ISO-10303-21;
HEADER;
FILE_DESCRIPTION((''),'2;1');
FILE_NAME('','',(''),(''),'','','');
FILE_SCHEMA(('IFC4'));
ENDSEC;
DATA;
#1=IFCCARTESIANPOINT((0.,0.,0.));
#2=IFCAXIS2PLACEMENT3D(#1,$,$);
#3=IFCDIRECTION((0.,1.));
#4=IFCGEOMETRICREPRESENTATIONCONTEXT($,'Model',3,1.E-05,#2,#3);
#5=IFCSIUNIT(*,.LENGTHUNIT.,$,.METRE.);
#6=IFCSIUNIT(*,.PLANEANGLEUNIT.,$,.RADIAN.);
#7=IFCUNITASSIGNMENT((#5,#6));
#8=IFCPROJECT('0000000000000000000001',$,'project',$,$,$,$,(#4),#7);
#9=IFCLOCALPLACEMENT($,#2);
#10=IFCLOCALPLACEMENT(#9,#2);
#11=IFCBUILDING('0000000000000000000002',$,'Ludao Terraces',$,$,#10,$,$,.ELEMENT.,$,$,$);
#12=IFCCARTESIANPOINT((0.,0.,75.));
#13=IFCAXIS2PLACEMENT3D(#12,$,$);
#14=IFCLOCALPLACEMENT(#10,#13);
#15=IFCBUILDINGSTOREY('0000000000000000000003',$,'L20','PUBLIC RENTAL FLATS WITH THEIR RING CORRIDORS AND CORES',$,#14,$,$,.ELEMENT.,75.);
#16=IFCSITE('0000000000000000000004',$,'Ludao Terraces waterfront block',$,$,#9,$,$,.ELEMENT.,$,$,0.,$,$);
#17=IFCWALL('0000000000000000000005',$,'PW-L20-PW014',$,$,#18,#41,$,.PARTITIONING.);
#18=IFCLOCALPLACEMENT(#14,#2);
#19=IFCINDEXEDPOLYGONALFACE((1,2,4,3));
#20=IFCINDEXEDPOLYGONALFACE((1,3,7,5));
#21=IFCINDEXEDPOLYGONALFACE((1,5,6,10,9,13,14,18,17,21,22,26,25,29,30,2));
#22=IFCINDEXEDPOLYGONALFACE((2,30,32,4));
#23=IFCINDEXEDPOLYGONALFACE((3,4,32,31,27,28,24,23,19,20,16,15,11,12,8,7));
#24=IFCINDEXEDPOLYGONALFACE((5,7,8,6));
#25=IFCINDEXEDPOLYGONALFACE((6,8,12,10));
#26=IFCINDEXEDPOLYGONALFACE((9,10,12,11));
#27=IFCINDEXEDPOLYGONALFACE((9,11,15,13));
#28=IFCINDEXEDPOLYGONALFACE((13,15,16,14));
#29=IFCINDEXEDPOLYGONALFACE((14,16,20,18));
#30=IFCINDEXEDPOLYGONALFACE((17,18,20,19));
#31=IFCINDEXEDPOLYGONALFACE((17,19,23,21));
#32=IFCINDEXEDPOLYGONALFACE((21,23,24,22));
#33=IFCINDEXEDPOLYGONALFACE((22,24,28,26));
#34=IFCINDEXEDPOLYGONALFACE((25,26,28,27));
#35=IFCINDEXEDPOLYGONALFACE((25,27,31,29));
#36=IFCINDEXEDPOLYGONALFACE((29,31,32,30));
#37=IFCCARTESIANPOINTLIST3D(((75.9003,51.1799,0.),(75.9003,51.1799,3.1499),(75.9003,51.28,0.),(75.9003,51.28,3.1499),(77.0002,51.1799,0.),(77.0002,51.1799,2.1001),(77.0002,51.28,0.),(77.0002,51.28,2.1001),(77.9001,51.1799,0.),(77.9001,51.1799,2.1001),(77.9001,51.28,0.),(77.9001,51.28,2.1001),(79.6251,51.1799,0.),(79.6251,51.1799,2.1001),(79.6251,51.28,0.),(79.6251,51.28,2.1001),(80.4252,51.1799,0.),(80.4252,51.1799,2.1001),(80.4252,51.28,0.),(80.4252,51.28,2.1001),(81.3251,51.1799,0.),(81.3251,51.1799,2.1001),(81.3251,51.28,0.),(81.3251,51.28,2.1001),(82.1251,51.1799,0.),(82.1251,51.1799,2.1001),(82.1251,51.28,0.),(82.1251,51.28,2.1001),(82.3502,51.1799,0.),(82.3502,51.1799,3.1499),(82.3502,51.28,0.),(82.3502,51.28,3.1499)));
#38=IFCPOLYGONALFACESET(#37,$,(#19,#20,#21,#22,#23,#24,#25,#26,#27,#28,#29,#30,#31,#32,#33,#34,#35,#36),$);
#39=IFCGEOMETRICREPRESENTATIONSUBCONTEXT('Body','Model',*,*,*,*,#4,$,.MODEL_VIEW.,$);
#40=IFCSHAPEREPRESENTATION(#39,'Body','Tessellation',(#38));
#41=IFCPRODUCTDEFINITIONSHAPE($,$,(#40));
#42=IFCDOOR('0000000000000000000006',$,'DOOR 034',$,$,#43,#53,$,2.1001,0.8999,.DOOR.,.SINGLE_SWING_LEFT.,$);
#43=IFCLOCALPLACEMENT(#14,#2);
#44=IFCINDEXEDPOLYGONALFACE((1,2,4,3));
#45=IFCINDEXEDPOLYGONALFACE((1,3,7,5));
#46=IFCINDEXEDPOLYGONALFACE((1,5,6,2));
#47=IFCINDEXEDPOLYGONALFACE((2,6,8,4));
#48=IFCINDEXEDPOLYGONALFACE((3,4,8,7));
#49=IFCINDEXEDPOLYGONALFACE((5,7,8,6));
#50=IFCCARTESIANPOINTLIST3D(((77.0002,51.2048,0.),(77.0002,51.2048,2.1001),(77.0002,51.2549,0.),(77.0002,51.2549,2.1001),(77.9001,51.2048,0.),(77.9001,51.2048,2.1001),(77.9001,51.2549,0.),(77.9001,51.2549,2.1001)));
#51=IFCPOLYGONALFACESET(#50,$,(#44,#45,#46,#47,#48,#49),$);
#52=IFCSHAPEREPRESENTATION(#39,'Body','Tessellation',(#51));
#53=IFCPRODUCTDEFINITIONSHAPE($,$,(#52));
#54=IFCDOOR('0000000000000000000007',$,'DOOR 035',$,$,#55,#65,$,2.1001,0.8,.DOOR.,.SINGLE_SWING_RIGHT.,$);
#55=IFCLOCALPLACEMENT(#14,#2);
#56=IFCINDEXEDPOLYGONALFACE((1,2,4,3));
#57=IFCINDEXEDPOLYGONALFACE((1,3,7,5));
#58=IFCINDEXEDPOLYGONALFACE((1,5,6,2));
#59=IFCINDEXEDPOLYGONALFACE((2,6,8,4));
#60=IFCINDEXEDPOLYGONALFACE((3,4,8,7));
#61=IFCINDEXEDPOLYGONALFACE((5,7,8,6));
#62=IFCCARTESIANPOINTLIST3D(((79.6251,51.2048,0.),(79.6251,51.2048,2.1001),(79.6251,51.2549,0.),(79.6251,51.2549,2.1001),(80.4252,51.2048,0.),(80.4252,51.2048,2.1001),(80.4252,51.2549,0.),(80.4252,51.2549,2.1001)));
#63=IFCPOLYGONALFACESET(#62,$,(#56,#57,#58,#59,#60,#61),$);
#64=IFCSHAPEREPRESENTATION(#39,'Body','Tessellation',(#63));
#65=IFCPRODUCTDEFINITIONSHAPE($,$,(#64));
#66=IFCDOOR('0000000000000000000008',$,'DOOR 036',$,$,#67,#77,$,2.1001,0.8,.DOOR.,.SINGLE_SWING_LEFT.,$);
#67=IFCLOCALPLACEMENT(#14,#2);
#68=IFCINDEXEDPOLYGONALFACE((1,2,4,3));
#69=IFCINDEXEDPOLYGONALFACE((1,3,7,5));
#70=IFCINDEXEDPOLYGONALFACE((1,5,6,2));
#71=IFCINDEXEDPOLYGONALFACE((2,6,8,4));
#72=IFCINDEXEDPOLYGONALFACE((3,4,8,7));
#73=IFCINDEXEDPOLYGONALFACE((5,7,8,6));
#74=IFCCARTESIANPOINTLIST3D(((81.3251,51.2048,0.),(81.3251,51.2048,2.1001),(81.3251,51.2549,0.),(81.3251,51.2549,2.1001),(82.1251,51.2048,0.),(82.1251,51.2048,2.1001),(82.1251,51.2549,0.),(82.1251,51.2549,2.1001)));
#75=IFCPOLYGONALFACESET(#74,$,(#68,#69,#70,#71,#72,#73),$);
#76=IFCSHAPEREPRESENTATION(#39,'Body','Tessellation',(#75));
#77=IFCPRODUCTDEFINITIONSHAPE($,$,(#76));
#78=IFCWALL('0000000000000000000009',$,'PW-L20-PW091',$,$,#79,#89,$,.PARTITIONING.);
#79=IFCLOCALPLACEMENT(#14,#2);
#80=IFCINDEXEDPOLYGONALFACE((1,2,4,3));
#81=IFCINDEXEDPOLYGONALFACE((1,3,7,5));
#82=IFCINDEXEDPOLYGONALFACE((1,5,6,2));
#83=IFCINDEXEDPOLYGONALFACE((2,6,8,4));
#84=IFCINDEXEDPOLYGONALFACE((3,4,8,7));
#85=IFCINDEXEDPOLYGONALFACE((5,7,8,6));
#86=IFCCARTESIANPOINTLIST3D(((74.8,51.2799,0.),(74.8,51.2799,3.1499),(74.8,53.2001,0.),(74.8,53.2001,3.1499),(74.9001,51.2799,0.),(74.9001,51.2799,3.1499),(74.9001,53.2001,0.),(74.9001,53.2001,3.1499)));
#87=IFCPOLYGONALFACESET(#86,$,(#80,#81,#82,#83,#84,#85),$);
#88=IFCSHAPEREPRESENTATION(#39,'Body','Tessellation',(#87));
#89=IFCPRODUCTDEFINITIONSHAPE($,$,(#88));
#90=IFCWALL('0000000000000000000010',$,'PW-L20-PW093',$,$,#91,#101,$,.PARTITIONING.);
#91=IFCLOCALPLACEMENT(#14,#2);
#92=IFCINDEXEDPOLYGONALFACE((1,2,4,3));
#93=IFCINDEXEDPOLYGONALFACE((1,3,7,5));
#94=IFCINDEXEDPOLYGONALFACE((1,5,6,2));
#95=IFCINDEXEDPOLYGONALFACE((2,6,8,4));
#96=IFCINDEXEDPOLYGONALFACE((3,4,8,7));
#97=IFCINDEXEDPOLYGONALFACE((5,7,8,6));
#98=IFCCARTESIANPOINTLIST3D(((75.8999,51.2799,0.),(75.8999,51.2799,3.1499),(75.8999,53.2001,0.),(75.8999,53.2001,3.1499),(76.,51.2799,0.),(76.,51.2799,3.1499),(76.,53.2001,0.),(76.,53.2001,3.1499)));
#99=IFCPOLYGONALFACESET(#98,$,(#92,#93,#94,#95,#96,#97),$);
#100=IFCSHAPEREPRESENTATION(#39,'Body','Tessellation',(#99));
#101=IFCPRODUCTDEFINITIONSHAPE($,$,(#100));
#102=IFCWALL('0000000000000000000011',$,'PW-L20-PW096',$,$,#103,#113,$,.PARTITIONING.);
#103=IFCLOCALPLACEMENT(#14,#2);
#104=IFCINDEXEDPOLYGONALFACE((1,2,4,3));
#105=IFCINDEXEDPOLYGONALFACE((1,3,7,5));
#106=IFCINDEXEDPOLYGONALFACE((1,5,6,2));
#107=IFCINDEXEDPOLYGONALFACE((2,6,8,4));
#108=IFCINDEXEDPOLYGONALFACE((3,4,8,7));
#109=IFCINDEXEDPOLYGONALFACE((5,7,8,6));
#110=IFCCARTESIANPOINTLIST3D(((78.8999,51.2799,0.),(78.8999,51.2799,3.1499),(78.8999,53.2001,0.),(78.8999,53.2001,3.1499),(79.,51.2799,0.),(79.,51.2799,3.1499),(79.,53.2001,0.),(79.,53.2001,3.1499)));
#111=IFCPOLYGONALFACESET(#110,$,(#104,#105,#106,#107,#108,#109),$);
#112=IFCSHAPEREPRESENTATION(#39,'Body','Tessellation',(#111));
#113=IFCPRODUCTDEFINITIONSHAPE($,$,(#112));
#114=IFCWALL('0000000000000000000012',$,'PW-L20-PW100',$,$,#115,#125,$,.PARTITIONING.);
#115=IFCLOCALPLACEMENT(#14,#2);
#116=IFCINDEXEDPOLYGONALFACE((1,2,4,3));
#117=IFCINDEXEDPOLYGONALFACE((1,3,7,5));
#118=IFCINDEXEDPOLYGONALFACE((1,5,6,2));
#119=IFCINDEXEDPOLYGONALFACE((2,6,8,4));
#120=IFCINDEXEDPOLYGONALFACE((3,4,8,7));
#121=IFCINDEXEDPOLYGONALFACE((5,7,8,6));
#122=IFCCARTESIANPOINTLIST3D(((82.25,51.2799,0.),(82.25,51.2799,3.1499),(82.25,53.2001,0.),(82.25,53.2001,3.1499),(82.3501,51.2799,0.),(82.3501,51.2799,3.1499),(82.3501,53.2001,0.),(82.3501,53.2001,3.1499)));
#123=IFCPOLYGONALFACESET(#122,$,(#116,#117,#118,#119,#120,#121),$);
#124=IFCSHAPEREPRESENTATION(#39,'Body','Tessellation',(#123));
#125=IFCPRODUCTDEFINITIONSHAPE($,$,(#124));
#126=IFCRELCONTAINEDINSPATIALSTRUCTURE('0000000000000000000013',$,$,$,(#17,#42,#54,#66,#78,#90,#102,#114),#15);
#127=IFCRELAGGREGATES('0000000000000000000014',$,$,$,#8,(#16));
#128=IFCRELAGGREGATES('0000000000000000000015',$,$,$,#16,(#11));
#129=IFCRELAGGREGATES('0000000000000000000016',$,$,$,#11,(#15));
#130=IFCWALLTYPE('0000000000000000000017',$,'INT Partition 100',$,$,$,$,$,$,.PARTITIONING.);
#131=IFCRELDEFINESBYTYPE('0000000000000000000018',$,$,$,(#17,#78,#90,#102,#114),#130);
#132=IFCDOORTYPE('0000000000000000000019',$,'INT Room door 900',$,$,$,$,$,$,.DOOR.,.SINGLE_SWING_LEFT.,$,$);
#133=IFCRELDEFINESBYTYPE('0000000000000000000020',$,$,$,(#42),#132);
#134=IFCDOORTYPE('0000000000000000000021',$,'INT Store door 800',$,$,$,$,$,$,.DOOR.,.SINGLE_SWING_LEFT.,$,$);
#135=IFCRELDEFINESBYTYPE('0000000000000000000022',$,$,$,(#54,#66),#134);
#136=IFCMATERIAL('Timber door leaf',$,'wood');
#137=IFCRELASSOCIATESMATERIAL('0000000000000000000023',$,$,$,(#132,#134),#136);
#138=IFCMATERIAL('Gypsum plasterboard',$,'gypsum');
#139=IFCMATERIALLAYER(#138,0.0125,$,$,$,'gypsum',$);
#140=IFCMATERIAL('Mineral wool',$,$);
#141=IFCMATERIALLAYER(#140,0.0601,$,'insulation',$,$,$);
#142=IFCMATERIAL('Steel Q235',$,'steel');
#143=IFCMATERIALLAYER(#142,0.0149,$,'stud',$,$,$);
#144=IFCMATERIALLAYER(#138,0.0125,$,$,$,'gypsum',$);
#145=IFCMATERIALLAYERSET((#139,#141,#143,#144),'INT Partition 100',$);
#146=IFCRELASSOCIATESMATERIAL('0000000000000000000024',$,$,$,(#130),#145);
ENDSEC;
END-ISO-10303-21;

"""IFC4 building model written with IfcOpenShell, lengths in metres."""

from ifc_helpers import new_model, si_unit, direction, frame, frame_2d, origin, place, context, subcontext, project, spatial, rectangle, extrude, material, layer, layer_set, type_object, element, fill, save


model = new_model("IFC4")

# Units and contexts
model_context = context("Model", 3, precision=1e-05, world=origin(), true_north=direction((0.0, 1.0)))
body_context = subcontext(model_context, "Body", "Model", "MODEL_VIEW")
ifc_project = project(units=[si_unit("LENGTHUNIT", "METRE"), si_unit("PLANEANGLEUNIT", "RADIAN")], contexts=[model_context])

# Site, building, storey
site_placement = place(None, origin())
site = spatial("IfcSite", under=ifc_project, at=site_placement, Name="Ludao Terraces waterfront block", CompositionType="ELEMENT", RefElevation=0.0)
building_placement = place(site_placement, origin())
building = spatial("IfcBuilding", under=site, at=building_placement, Name="Ludao Terraces", CompositionType="ELEMENT")
storey_placement = place(building_placement, frame((0.0, 0.0, 75.0)))
storey = spatial("IfcBuildingStorey", under=building, at=storey_placement, Name="L20", Description="PUBLIC RENTAL FLATS WITH THEIR RING CORRIDORS AND CORES", CompositionType="ELEMENT", Elevation=75.0)

# Wall, openings, doors
ifc_material_1 = material(Name="Steel Q235", Category="steel")
ifc_material_2 = material(Name="Timber door leaf", Category="wood")
door_type_1 = type_object("IfcDoorType", Name="INT Room door 900", OperationType="SINGLE_SWING_LEFT", PredefinedType="DOOR", material=ifc_material_2)
ifc_material_3 = material(Name="Gypsum plasterboard", Category="gypsum")
ifc_layer_1 = layer(ifc_material_3, 0.0125, Category="gypsum")
ifc_material_4 = material(Name="Mineral wool")
ifc_layer_2 = layer(ifc_material_4, 0.0601, Name="insulation")
ifc_layer_3 = layer(ifc_material_1, 0.0149, Name="stud")
ifc_layer_4 = layer(ifc_material_3, 0.0125, Category="gypsum")
ifc_layer_set_1 = layer_set([ifc_layer_1, ifc_layer_2, ifc_layer_3, ifc_layer_4], Name="INT Partition 100")
wall_type_1 = type_object("IfcWallType", Name="INT Partition 100", PredefinedType="PARTITIONING", material=ifc_layer_set_1)
wall_1_placement = place(storey_placement, frame((75.9001, 51.23, 0.0), z_axis=(0.0, 0.0, 1.0), x_axis=(1.0, 0.0, 0.0)))
wall_1 = element("IfcWall", 1, at=wall_1_placement, inside=storey, type_object=wall_type_1, Name="PW-L20-PW014", PredefinedType="PARTITIONING", context=body_context, shape_type="SweptSolid", body=[
    extrude(rectangle(XDim=6.45, YDim=0.1001, at=frame_2d((3.2251, 0.0))), origin(), (0.0, 0.0, 1.0), 3.1499),
])
opening_1_placement = place(wall_1_placement, frame((1.1001, 0.0, 0.0)))
opening_1 = element("IfcOpeningElement", 2, at=opening_1_placement, cuts=wall_1, PredefinedType="OPENING", context=body_context, shape_type="SweptSolid", body=[
    extrude(rectangle(XDim=0.8999, YDim=2.1001, at=frame_2d((0.45, 1.05))), frame((0.0, 0.0601, 0.0), z_axis=(0.0, -1.0, 0.0), x_axis=(1.0, 0.0, 0.0)), (0.0, 0.0, 1.0), 0.1201),
])
opening_2_placement = place(wall_1_placement, frame((3.7251, 0.0, 0.0)))
opening_2 = element("IfcOpeningElement", 3, at=opening_2_placement, cuts=wall_1, PredefinedType="OPENING", context=body_context, shape_type="SweptSolid", body=[
    extrude(rectangle(XDim=0.8, YDim=2.1001, at=frame_2d((0.3999, 1.05))), frame((0.0, 0.0601, 0.0), z_axis=(0.0, -1.0, 0.0), x_axis=(1.0, 0.0, 0.0)), (0.0, 0.0, 1.0), 0.1201),
])
opening_3_placement = place(wall_1_placement, frame((5.425, 0.0, 0.0)))
opening_3 = element("IfcOpeningElement", 4, at=opening_3_placement, cuts=wall_1, PredefinedType="OPENING", context=body_context, shape_type="SweptSolid", body=[
    extrude(rectangle(XDim=0.8, YDim=2.1001, at=frame_2d((0.3999, 1.05))), frame((0.0, 0.0601, 0.0), z_axis=(0.0, -1.0, 0.0), x_axis=(1.0, 0.0, 0.0)), (0.0, 0.0, 1.0), 0.1201),
])
door_1_placement = place(opening_1_placement, origin())
door_1 = element("IfcDoor", 5, at=door_1_placement, inside=storey, type_object=door_type_1, Name="DOOR 034", OperationType="SINGLE_SWING_LEFT", OverallHeight=2.1001, OverallWidth=0.8999, PredefinedType="DOOR", context=body_context, shape_type="SweptSolid", body=[
    extrude(rectangle(XDim=0.8999, YDim=2.1001, at=frame_2d((0.45, 1.05))), frame((0.0, 0.0249, 0.0), z_axis=(0.0, -1.0, 0.0), x_axis=(1.0, 0.0, 0.0)), (0.0, 0.0, 1.0), 0.05),
])
fill(opening_1, door_1)
door_type_2 = type_object("IfcDoorType", Name="INT Store door 800", OperationType="SINGLE_SWING_LEFT", PredefinedType="DOOR", material=ifc_material_2)
door_2_placement = place(opening_2_placement, origin())
door_2 = element("IfcDoor", 6, at=door_2_placement, inside=storey, type_object=door_type_2, Name="DOOR 035", OperationType="SINGLE_SWING_RIGHT", OverallHeight=2.1001, OverallWidth=0.8, PredefinedType="DOOR", context=body_context, shape_type="SweptSolid", body=[
    extrude(rectangle(XDim=0.8, YDim=2.1001, at=frame_2d((0.3999, 1.05))), frame((0.0, 0.0249, 0.0), z_axis=(0.0, -1.0, 0.0), x_axis=(1.0, 0.0, 0.0)), (0.0, 0.0, 1.0), 0.05),
])
fill(opening_2, door_2)
door_3_placement = place(opening_3_placement, origin())
door_3 = element("IfcDoor", 7, at=door_3_placement, inside=storey, type_object=door_type_2, Name="DOOR 036", OperationType="SINGLE_SWING_LEFT", OverallHeight=2.1001, OverallWidth=0.8, PredefinedType="DOOR", context=body_context, shape_type="SweptSolid", body=[
    extrude(rectangle(XDim=0.8, YDim=2.1001, at=frame_2d((0.3999, 1.05))), frame((0.0, 0.0249, 0.0), z_axis=(0.0, -1.0, 0.0), x_axis=(1.0, 0.0, 0.0)), (0.0, 0.0, 1.0), 0.05),
])
fill(opening_3, door_3)

# Walls
for number, where, z_axis, x_axis, name in (
    (8, (74.8501, 51.28, 0.0), (0.0, 0.0, 1.0), (0.0, 1.0, 0.0), "PW-L20-PW091"),
    (9, (75.95, 51.28, 0.0), (0.0, 0.0, 1.0), (0.0, 1.0, 0.0), "PW-L20-PW093"),
    (10, (78.95, 51.28, 0.0), (0.0, 0.0, 1.0), (0.0, 1.0, 0.0), "PW-L20-PW096"),
    (11, (82.3, 51.28, 0.0), (0.0, 0.0, 1.0), (0.0, 1.0, 0.0), "PW-L20-PW100"),
):
    element("IfcWall", number, at=place(storey_placement, frame(where, z_axis=z_axis, x_axis=x_axis)), inside=storey, type_object=wall_type_1, Name=name, PredefinedType="PARTITIONING", context=body_context, shape_type="SweptSolid", body=[
        extrude(rectangle(XDim=1.9202, YDim=0.1001, at=frame_2d((0.96, 0.0))), origin(), (0.0, 0.0, 1.0), 3.1499),
    ])

save(model, "model.ifc")
